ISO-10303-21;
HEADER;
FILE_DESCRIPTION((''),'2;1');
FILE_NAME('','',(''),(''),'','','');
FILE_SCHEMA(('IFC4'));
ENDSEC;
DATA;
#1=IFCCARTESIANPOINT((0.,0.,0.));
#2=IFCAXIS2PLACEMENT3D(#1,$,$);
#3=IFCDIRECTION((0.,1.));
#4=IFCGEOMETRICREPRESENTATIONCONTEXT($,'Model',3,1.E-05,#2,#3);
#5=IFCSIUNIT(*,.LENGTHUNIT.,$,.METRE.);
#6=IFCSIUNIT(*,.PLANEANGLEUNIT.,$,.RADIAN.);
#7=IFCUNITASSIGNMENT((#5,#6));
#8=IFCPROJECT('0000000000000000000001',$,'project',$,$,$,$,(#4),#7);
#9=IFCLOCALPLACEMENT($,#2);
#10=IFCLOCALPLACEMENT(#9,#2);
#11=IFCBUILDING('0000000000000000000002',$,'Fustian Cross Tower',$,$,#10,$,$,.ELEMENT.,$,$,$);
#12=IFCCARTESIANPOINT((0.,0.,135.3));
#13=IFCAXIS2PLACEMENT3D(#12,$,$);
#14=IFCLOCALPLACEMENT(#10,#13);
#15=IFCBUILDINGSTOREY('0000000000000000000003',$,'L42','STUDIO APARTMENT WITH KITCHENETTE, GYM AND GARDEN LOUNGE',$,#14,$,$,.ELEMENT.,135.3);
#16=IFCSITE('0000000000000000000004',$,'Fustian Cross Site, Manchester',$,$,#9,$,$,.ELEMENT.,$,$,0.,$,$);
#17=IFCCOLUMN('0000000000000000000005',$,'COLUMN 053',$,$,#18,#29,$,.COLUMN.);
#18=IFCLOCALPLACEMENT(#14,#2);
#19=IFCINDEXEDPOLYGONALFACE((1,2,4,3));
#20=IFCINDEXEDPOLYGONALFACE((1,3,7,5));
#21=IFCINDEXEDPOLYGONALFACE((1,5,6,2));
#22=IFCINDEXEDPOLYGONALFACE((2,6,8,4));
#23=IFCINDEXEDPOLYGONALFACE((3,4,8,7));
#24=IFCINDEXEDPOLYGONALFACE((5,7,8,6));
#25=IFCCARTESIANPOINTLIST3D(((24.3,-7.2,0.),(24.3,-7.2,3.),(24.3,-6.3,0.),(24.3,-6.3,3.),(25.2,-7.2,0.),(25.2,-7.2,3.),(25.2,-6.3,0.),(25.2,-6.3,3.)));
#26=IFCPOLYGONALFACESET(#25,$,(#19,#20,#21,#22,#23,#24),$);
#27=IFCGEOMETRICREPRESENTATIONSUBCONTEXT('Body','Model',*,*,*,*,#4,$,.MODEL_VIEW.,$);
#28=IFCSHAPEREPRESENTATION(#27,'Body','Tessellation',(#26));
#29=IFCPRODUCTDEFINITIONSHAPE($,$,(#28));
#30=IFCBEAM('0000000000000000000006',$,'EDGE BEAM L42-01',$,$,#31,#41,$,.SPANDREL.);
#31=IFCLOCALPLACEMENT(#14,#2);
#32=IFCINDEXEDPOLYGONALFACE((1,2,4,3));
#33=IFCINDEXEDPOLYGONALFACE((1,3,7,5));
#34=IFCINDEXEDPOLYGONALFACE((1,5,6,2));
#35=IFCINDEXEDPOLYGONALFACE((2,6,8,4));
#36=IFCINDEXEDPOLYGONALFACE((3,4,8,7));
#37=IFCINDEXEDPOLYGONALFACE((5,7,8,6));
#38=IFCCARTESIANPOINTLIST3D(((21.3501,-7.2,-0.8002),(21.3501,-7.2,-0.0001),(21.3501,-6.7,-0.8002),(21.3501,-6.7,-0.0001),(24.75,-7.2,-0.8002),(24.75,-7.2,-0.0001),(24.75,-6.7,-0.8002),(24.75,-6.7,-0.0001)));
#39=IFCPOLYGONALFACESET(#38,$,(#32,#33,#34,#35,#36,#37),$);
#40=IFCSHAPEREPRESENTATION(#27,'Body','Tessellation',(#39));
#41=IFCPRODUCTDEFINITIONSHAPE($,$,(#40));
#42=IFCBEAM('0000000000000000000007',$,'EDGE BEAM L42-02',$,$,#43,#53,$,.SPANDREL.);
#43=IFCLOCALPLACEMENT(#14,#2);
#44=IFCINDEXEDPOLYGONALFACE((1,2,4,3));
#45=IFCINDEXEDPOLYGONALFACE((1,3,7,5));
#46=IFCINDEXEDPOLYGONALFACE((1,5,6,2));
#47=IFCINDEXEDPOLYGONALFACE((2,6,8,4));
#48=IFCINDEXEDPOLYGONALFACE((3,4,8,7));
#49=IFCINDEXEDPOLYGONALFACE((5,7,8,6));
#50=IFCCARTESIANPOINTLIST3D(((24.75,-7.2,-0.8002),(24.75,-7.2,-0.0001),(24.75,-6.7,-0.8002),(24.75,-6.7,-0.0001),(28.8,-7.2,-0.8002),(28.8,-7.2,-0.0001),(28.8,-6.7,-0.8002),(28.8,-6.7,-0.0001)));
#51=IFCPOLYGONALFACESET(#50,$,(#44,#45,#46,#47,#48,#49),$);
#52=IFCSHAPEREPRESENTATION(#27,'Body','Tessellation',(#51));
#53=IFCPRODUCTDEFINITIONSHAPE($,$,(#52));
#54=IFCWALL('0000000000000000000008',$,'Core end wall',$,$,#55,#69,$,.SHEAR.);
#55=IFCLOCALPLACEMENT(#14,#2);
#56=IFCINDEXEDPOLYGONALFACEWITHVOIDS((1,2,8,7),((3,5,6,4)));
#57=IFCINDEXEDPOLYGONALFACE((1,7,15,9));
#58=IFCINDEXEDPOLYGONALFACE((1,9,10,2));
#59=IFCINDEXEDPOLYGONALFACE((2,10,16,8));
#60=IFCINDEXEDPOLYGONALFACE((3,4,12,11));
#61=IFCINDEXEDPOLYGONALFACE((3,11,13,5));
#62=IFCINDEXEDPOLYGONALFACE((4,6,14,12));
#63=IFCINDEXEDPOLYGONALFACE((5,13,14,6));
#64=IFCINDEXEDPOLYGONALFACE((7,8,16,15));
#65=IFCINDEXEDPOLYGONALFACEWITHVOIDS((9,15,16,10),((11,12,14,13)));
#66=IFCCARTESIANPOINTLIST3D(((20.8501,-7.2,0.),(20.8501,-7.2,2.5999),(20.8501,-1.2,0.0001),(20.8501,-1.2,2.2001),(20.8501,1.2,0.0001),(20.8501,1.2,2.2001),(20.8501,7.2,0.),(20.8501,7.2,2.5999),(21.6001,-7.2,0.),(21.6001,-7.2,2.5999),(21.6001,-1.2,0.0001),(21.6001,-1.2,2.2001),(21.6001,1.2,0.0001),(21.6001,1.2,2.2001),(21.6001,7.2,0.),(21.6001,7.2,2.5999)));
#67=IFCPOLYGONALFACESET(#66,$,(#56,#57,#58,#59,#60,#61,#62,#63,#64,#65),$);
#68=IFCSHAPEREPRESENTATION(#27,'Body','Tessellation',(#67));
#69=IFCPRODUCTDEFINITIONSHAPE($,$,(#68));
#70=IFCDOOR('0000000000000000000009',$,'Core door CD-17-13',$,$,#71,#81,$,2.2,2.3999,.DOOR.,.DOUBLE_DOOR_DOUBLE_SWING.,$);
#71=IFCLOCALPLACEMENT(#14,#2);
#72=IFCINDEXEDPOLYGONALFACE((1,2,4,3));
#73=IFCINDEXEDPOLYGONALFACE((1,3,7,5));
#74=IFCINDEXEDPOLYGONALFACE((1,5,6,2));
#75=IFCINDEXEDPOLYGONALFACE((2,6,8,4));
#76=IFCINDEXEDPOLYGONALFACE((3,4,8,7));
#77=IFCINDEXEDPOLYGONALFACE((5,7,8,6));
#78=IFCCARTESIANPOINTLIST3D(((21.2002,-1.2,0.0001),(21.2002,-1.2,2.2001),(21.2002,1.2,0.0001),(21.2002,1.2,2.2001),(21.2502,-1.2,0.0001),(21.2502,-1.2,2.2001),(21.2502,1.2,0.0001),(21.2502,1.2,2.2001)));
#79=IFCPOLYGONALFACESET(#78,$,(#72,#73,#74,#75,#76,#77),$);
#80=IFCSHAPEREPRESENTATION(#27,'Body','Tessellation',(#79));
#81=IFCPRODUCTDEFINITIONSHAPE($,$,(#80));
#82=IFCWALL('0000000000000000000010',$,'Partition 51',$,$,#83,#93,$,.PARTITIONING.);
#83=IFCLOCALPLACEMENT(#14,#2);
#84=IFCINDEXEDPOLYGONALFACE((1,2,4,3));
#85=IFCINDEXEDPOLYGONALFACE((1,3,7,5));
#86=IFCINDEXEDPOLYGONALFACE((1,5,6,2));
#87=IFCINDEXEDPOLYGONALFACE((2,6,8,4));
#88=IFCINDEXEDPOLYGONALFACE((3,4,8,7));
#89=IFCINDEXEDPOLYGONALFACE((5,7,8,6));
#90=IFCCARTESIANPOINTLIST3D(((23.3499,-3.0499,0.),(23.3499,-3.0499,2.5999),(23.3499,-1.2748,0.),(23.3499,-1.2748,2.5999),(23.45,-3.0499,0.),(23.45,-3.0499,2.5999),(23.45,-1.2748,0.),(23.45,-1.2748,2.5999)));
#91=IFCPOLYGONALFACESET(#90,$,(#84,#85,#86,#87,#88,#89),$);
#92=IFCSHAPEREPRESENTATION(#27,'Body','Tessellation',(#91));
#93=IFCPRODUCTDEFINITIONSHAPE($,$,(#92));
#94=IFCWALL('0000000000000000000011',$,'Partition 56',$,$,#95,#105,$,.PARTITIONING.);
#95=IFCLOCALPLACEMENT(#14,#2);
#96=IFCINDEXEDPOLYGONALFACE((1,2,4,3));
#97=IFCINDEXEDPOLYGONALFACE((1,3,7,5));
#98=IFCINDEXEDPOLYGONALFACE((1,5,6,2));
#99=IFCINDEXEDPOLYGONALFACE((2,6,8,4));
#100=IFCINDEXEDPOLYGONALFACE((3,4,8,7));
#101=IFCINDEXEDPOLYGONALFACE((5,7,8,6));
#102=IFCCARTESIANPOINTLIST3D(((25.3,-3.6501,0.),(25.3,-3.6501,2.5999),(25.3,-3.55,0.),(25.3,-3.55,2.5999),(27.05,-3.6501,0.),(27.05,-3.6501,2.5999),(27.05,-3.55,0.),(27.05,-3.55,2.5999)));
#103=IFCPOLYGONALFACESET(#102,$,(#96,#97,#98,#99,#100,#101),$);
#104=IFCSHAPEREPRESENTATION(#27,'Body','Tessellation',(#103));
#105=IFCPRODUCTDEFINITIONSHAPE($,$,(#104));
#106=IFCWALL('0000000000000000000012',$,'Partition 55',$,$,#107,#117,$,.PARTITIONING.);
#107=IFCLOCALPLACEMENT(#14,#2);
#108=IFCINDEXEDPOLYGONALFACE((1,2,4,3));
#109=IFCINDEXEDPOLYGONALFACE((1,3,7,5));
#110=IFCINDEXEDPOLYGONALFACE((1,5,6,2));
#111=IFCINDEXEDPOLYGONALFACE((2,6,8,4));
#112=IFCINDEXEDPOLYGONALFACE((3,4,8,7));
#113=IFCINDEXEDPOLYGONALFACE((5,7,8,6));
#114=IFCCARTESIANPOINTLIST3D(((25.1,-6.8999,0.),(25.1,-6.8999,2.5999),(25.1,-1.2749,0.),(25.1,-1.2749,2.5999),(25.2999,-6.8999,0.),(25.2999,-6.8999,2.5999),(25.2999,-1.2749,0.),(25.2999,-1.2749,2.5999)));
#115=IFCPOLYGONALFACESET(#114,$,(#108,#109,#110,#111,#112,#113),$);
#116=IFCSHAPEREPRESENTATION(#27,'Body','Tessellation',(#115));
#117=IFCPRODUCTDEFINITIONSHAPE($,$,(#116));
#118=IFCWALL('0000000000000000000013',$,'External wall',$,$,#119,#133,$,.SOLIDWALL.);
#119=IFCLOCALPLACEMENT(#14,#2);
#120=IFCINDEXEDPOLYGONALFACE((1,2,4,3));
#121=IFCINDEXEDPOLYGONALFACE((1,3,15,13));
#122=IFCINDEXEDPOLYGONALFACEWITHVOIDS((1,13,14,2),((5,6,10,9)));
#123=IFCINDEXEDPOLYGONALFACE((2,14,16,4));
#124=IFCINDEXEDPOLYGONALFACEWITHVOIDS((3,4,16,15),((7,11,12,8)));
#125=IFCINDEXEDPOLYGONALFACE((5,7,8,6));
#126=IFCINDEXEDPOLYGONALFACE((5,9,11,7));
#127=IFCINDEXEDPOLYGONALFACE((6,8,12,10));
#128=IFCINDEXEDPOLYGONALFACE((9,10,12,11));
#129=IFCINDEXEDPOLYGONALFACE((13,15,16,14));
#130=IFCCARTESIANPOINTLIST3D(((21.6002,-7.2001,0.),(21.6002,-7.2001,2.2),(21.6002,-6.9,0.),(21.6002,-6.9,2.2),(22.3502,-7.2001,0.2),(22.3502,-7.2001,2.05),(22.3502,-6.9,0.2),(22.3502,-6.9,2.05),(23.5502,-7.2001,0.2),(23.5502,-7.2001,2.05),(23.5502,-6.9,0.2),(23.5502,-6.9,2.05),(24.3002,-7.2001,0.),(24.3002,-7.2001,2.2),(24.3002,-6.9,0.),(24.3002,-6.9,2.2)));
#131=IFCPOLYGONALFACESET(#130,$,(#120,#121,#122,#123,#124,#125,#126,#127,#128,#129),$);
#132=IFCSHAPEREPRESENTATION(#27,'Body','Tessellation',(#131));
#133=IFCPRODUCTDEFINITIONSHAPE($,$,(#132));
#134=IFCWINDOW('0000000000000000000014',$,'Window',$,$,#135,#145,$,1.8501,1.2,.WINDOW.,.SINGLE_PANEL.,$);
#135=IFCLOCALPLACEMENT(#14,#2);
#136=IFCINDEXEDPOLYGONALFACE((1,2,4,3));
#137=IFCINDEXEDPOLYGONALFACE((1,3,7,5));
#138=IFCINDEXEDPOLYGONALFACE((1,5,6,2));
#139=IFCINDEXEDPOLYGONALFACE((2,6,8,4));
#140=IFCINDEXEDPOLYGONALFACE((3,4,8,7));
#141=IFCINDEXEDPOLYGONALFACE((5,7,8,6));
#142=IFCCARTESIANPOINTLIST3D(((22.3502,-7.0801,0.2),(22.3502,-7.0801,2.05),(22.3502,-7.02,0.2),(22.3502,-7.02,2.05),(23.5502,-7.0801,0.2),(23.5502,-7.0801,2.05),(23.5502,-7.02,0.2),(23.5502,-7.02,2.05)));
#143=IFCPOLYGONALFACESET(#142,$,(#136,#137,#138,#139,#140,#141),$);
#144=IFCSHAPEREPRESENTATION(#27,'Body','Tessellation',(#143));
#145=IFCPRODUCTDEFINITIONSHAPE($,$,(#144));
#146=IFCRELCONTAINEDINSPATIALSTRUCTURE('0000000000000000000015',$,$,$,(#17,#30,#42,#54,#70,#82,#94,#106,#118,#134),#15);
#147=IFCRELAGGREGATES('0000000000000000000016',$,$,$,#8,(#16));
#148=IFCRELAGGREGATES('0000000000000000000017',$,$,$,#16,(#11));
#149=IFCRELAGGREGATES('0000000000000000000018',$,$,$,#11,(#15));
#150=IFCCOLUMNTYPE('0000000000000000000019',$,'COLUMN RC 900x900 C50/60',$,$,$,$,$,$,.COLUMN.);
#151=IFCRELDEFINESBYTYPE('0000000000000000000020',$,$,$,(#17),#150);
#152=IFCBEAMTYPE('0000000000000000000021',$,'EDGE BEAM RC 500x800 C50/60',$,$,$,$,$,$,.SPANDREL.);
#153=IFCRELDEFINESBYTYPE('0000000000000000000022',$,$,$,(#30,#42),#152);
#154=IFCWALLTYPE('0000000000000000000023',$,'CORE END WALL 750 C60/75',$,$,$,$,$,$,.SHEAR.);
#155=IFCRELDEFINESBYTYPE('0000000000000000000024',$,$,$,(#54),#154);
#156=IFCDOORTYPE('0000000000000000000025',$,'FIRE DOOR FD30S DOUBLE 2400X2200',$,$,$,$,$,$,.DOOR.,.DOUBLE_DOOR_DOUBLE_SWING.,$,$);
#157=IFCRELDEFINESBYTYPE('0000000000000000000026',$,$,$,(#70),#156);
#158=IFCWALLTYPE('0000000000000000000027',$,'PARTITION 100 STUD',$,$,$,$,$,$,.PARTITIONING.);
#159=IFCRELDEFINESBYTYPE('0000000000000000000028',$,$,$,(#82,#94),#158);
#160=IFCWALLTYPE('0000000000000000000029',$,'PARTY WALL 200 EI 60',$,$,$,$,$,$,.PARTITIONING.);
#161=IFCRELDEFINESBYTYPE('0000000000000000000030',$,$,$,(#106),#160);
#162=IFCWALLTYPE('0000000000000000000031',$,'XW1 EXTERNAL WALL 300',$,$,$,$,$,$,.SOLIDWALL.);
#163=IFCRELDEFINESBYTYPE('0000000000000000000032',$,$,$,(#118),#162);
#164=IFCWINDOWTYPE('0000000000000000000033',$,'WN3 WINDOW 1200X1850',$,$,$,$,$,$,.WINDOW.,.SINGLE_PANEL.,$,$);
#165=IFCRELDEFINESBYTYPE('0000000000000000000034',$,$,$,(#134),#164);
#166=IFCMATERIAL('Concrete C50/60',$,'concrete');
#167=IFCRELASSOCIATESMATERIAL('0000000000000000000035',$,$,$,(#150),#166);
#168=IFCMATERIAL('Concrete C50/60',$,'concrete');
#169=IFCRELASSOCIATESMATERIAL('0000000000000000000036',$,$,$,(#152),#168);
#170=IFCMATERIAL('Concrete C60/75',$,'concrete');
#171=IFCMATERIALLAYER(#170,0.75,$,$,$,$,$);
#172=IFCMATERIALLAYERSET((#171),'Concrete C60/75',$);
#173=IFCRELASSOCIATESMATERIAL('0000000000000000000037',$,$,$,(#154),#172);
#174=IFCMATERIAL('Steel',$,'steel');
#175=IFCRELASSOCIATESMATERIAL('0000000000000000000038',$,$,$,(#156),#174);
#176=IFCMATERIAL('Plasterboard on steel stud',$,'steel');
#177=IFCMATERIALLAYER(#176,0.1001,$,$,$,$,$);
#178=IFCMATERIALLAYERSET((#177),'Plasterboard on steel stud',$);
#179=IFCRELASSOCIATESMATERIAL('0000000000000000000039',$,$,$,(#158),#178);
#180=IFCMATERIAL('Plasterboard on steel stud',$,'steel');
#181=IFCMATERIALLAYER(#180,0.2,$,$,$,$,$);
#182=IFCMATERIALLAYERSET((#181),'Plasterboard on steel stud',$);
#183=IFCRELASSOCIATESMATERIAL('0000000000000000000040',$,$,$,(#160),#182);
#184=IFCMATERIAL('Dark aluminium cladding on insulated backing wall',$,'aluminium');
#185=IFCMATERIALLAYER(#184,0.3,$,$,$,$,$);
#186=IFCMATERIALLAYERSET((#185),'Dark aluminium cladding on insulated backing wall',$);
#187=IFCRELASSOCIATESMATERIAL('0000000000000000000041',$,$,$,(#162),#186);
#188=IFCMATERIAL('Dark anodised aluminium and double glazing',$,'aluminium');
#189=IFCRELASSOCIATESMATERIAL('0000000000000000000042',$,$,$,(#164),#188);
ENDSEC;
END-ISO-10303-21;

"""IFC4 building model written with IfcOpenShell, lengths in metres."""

from ifc_helpers import new_model, si_unit, direction, frame, frame_2d, origin, origin_2d, place, context, subcontext, project, spatial, rectangle, extrude, material, layer, layer_set, material_profile, profile_set, type_object, element, fill, save


model = new_model("IFC4")

# Units and contexts
model_context = context("Model", 3, precision=1e-05, world=origin(), true_north=direction((0.0, 1.0)))
body_context = subcontext(model_context, "Body", "Model", "MODEL_VIEW")
ifc_project = project(units=[si_unit("LENGTHUNIT", "METRE"), si_unit("PLANEANGLEUNIT", "RADIAN")], contexts=[model_context])

# Site, building, storey
site_placement = place(None, origin())
site = spatial("IfcSite", under=ifc_project, at=site_placement, Name="Fustian Cross Site, Manchester", CompositionType="ELEMENT", RefElevation=0.0)
building_placement = place(site_placement, origin())
building = spatial("IfcBuilding", under=site, at=building_placement, Name="Fustian Cross Tower", CompositionType="ELEMENT")
storey_placement = place(building_placement, frame((0.0, 0.0, 135.3)))
storey = spatial("IfcBuildingStorey", under=building, at=storey_placement, Name="L42", Description="STUDIO APARTMENT WITH KITCHENETTE, GYM AND GARDEN LOUNGE", CompositionType="ELEMENT", Elevation=135.3)

# Column
ifc_material_1 = material(Name="Concrete C50/60", Category="concrete")
ifc_material_profile_1 = material_profile(ifc_material_1, rectangle(XDim=0.8999, YDim=0.8999, at=origin_2d()), Name="RC 900x900")
ifc_profile_set_1 = profile_set([ifc_material_profile_1], Name="Concrete C50/60")
column_type = type_object("IfcColumnType", Name="COLUMN RC 900x900 C50/60", PredefinedType="COLUMN", material=ifc_profile_set_1)
column_placement = place(storey_placement, frame((24.75, -6.75, 0.0), z_axis=(0.0, 0.0, 1.0), x_axis=(1.0, 0.0, 0.0)))
element("IfcColumn", 1, at=column_placement, inside=storey, type_object=column_type, Name="COLUMN 053", PredefinedType="COLUMN", context=body_context, shape_type="SweptSolid", body=[
    extrude(rectangle(XDim=0.8999, YDim=0.8999, at=origin_2d()), origin(), (0.0, 0.0, 1.0), 3.0),
])

# Beams
ifc_material_2 = material(Name="Concrete C50/60", Category="concrete")
ifc_material_profile_2 = material_profile(ifc_material_2, rectangle(XDim=0.5, YDim=0.8, at=origin_2d()), Name="RC 500x800")
ifc_profile_set_2 = profile_set([ifc_material_profile_2], Name="Concrete C50/60")
beam_type = type_object("IfcBeamType", Name="EDGE BEAM RC 500x800 C50/60", PredefinedType="SPANDREL", material=ifc_profile_set_2)
beam_1_placement = place(storey_placement, frame((21.3501, -6.95, -0.4001), z_axis=(1.0, 0.0, 0.0), x_axis=(0.0, 1.0, 0.0)))
element("IfcBeam", 2, at=beam_1_placement, inside=storey, type_object=beam_type, Name="EDGE BEAM L42-01", PredefinedType="SPANDREL", context=body_context, shape_type="SweptSolid", body=[
    extrude(rectangle(XDim=0.5, YDim=0.8, at=origin_2d()), origin(), (0.0, 0.0, 1.0), 3.3999),
])
beam_2_placement = place(storey_placement, frame((24.75, -6.95, -0.4001), z_axis=(1.0, 0.0, 0.0), x_axis=(0.0, 1.0, 0.0)))
element("IfcBeam", 3, at=beam_2_placement, inside=storey, type_object=beam_type, Name="EDGE BEAM L42-02", PredefinedType="SPANDREL", context=body_context, shape_type="SweptSolid", body=[
    extrude(rectangle(XDim=0.5, YDim=0.8, at=origin_2d()), origin(), (0.0, 0.0, 1.0), 4.05),
])

# Wall, opening, door
ifc_material_3 = material(Name="Concrete C60/75", Category="concrete")
ifc_layer_1 = layer(ifc_material_3, 0.75)
ifc_layer_set_1 = layer_set([ifc_layer_1], Name="Concrete C60/75")
wall_type_1 = type_object("IfcWallType", Name="CORE END WALL 750 C60/75", PredefinedType="SHEAR", material=ifc_layer_set_1)
wall_1_placement = place(storey_placement, frame((21.2251, -7.2, 0.0), z_axis=(0.0, 0.0, 1.0), x_axis=(0.0, 1.0, 0.0)))
wall_1 = element("IfcWall", 4, at=wall_1_placement, inside=storey, type_object=wall_type_1, Name="Core end wall", PredefinedType="SHEAR", context=body_context, shape_type="SweptSolid", body=[
    extrude(rectangle(XDim=14.3999, YDim=0.75, at=frame_2d((7.2, 0.0))), origin(), (0.0, 0.0, 1.0), 2.5999),
])
opening_1_placement = place(wall_1_placement, frame((6.0, 0.0, 0.0)))
opening_1 = element("IfcOpeningElement", 5, at=opening_1_placement, cuts=wall_1, PredefinedType="OPENING", context=body_context, shape_type="SweptSolid", body=[
    extrude(rectangle(XDim=2.3999, YDim=2.2, at=frame_2d((1.2, 1.1001))), frame((0.0, 0.385, 0.0), z_axis=(0.0, -1.0, 0.0), x_axis=(1.0, 0.0, 0.0)), (0.0, 0.0, 1.0), 0.77),
])
ifc_material_4 = material(Name="Steel", Category="steel")
door_type = type_object("IfcDoorType", Name="FIRE DOOR FD30S DOUBLE 2400X2200", OperationType="DOUBLE_DOOR_DOUBLE_SWING", PredefinedType="DOOR", material=ifc_material_4)
door_placement = place(opening_1_placement, origin())
door = element("IfcDoor", 6, at=door_placement, inside=storey, type_object=door_type, Name="Core door CD-17-13", OperationType="DOUBLE_DOOR_DOUBLE_SWING", OverallHeight=2.2, OverallWidth=2.3999, PredefinedType="DOOR", context=body_context, shape_type="SweptSolid", body=[
    extrude(rectangle(XDim=2.3999, YDim=2.2, at=frame_2d((1.2, 1.1001))), frame((0.0, 0.0249, 0.0), z_axis=(0.0, -1.0, 0.0), x_axis=(1.0, 0.0, 0.0)), (0.0, 0.0, 1.0), 0.05),
])
fill(opening_1, door)

# Walls
ifc_material_5 = material(Name="Plasterboard on steel stud", Category="steel")
ifc_layer_2 = layer(ifc_material_5, 0.1001)
ifc_layer_set_2 = layer_set([ifc_layer_2], Name="Plasterboard on steel stud")
wall_type_2 = type_object("IfcWallType", Name="PARTITION 100 STUD", PredefinedType="PARTITIONING", material=ifc_layer_set_2)
wall_2_placement = place(storey_placement, frame((23.3999, -3.05, 0.0), z_axis=(0.0, 0.0, 1.0), x_axis=(0.0, 1.0, 0.0)))
element("IfcWall", 7, at=wall_2_placement, inside=storey, type_object=wall_type_2, Name="Partition 51", PredefinedType="PARTITIONING", context=body_context, shape_type="SweptSolid", body=[
    extrude(rectangle(XDim=1.7751, YDim=0.1001, at=frame_2d((0.8877, 0.0))), origin(), (0.0, 0.0, 1.0), 2.5999),
])
wall_3_placement = place(storey_placement, frame((25.3, -3.6001, 0.0), z_axis=(0.0, 0.0, 1.0), x_axis=(1.0, 0.0, 0.0)))
element("IfcWall", 8, at=wall_3_placement, inside=storey, type_object=wall_type_2, Name="Partition 56", PredefinedType="PARTITIONING", context=body_context, shape_type="SweptSolid", body=[
    extrude(rectangle(XDim=1.75, YDim=0.1001, at=frame_2d((0.875, 0.0))), origin(), (0.0, 0.0, 1.0), 2.5999),
])
ifc_material_6 = material(Name="Plasterboard on steel stud", Category="steel")
ifc_layer_3 = layer(ifc_material_6, 0.2)
ifc_layer_set_3 = layer_set([ifc_layer_3], Name="Plasterboard on steel stud")
wall_type_3 = type_object("IfcWallType", Name="PARTY WALL 200 EI 60", PredefinedType="PARTITIONING", material=ifc_layer_set_3)
wall_4_placement = place(storey_placement, frame((25.2, -6.8999, 0.0), z_axis=(0.0, 0.0, 1.0), x_axis=(0.0, 1.0, 0.0)))
element("IfcWall", 9, at=wall_4_placement, inside=storey, type_object=wall_type_3, Name="Partition 55", PredefinedType="PARTITIONING", context=body_context, shape_type="SweptSolid", body=[
    extrude(rectangle(XDim=5.625, YDim=0.2, at=frame_2d((2.8125, 0.0))), origin(), (0.0, 0.0, 1.0), 2.5999),
])

# Wall, opening, window
ifc_material_7 = material(Name="Dark aluminium cladding on insulated backing wall", Category="aluminium")
ifc_layer_4 = layer(ifc_material_7, 0.3)
ifc_layer_set_4 = layer_set([ifc_layer_4], Name="Dark aluminium cladding on insulated backing wall")
wall_type_4 = type_object("IfcWallType", Name="XW1 EXTERNAL WALL 300", PredefinedType="SOLIDWALL", material=ifc_layer_set_4)
wall_5_placement = place(storey_placement, frame((21.6001, -7.05, 0.0), z_axis=(0.0, 0.0, 1.0), x_axis=(1.0, 0.0, 0.0)))
wall_5 = element("IfcWall", 10, at=wall_5_placement, inside=storey, type_object=wall_type_4, Name="External wall", PredefinedType="SOLIDWALL", context=body_context, shape_type="SweptSolid", body=[
    extrude(rectangle(XDim=2.7, YDim=0.3, at=frame_2d((1.3501, 0.0))), origin(), (0.0, 0.0, 1.0), 2.2),
])
opening_2_placement = place(wall_5_placement, frame((0.75, 0.0, 0.2)))
opening_2 = element("IfcOpeningElement", 11, at=opening_2_placement, cuts=wall_5, PredefinedType="OPENING", context=body_context, shape_type="SweptSolid", body=[
    extrude(rectangle(XDim=1.2, YDim=1.8501, at=frame_2d((0.6001, 0.925))), frame((0.0, 0.1599, 0.0), z_axis=(0.0, -1.0, 0.0), x_axis=(1.0, 0.0, 0.0)), (0.0, 0.0, 1.0), 0.3201),
])
ifc_material_8 = material(Name="Dark anodised aluminium and double glazing", Category="aluminium")
window_type = type_object("IfcWindowType", Name="WN3 WINDOW 1200X1850", PartitioningType="SINGLE_PANEL", PredefinedType="WINDOW", material=ifc_material_8)
window_1_placement = place(opening_2_placement, origin())
window_1 = element("IfcWindow", 12, at=window_1_placement, inside=storey, type_object=window_type, Name="Window", OverallHeight=1.8501, OverallWidth=1.2, PartitioningType="SINGLE_PANEL", PredefinedType="WINDOW", context=body_context, shape_type="SweptSolid", body=[
    extrude(rectangle(XDim=1.2, YDim=1.8501, at=frame_2d((0.6001, 0.925))), frame((0.0, 0.03, 0.0), z_axis=(0.0, -1.0, 0.0), x_axis=(1.0, 0.0, 0.0)), (0.0, 0.0, 1.0), 0.0601),
])
fill(opening_2, window_1)

save(model, "model.ifc")
